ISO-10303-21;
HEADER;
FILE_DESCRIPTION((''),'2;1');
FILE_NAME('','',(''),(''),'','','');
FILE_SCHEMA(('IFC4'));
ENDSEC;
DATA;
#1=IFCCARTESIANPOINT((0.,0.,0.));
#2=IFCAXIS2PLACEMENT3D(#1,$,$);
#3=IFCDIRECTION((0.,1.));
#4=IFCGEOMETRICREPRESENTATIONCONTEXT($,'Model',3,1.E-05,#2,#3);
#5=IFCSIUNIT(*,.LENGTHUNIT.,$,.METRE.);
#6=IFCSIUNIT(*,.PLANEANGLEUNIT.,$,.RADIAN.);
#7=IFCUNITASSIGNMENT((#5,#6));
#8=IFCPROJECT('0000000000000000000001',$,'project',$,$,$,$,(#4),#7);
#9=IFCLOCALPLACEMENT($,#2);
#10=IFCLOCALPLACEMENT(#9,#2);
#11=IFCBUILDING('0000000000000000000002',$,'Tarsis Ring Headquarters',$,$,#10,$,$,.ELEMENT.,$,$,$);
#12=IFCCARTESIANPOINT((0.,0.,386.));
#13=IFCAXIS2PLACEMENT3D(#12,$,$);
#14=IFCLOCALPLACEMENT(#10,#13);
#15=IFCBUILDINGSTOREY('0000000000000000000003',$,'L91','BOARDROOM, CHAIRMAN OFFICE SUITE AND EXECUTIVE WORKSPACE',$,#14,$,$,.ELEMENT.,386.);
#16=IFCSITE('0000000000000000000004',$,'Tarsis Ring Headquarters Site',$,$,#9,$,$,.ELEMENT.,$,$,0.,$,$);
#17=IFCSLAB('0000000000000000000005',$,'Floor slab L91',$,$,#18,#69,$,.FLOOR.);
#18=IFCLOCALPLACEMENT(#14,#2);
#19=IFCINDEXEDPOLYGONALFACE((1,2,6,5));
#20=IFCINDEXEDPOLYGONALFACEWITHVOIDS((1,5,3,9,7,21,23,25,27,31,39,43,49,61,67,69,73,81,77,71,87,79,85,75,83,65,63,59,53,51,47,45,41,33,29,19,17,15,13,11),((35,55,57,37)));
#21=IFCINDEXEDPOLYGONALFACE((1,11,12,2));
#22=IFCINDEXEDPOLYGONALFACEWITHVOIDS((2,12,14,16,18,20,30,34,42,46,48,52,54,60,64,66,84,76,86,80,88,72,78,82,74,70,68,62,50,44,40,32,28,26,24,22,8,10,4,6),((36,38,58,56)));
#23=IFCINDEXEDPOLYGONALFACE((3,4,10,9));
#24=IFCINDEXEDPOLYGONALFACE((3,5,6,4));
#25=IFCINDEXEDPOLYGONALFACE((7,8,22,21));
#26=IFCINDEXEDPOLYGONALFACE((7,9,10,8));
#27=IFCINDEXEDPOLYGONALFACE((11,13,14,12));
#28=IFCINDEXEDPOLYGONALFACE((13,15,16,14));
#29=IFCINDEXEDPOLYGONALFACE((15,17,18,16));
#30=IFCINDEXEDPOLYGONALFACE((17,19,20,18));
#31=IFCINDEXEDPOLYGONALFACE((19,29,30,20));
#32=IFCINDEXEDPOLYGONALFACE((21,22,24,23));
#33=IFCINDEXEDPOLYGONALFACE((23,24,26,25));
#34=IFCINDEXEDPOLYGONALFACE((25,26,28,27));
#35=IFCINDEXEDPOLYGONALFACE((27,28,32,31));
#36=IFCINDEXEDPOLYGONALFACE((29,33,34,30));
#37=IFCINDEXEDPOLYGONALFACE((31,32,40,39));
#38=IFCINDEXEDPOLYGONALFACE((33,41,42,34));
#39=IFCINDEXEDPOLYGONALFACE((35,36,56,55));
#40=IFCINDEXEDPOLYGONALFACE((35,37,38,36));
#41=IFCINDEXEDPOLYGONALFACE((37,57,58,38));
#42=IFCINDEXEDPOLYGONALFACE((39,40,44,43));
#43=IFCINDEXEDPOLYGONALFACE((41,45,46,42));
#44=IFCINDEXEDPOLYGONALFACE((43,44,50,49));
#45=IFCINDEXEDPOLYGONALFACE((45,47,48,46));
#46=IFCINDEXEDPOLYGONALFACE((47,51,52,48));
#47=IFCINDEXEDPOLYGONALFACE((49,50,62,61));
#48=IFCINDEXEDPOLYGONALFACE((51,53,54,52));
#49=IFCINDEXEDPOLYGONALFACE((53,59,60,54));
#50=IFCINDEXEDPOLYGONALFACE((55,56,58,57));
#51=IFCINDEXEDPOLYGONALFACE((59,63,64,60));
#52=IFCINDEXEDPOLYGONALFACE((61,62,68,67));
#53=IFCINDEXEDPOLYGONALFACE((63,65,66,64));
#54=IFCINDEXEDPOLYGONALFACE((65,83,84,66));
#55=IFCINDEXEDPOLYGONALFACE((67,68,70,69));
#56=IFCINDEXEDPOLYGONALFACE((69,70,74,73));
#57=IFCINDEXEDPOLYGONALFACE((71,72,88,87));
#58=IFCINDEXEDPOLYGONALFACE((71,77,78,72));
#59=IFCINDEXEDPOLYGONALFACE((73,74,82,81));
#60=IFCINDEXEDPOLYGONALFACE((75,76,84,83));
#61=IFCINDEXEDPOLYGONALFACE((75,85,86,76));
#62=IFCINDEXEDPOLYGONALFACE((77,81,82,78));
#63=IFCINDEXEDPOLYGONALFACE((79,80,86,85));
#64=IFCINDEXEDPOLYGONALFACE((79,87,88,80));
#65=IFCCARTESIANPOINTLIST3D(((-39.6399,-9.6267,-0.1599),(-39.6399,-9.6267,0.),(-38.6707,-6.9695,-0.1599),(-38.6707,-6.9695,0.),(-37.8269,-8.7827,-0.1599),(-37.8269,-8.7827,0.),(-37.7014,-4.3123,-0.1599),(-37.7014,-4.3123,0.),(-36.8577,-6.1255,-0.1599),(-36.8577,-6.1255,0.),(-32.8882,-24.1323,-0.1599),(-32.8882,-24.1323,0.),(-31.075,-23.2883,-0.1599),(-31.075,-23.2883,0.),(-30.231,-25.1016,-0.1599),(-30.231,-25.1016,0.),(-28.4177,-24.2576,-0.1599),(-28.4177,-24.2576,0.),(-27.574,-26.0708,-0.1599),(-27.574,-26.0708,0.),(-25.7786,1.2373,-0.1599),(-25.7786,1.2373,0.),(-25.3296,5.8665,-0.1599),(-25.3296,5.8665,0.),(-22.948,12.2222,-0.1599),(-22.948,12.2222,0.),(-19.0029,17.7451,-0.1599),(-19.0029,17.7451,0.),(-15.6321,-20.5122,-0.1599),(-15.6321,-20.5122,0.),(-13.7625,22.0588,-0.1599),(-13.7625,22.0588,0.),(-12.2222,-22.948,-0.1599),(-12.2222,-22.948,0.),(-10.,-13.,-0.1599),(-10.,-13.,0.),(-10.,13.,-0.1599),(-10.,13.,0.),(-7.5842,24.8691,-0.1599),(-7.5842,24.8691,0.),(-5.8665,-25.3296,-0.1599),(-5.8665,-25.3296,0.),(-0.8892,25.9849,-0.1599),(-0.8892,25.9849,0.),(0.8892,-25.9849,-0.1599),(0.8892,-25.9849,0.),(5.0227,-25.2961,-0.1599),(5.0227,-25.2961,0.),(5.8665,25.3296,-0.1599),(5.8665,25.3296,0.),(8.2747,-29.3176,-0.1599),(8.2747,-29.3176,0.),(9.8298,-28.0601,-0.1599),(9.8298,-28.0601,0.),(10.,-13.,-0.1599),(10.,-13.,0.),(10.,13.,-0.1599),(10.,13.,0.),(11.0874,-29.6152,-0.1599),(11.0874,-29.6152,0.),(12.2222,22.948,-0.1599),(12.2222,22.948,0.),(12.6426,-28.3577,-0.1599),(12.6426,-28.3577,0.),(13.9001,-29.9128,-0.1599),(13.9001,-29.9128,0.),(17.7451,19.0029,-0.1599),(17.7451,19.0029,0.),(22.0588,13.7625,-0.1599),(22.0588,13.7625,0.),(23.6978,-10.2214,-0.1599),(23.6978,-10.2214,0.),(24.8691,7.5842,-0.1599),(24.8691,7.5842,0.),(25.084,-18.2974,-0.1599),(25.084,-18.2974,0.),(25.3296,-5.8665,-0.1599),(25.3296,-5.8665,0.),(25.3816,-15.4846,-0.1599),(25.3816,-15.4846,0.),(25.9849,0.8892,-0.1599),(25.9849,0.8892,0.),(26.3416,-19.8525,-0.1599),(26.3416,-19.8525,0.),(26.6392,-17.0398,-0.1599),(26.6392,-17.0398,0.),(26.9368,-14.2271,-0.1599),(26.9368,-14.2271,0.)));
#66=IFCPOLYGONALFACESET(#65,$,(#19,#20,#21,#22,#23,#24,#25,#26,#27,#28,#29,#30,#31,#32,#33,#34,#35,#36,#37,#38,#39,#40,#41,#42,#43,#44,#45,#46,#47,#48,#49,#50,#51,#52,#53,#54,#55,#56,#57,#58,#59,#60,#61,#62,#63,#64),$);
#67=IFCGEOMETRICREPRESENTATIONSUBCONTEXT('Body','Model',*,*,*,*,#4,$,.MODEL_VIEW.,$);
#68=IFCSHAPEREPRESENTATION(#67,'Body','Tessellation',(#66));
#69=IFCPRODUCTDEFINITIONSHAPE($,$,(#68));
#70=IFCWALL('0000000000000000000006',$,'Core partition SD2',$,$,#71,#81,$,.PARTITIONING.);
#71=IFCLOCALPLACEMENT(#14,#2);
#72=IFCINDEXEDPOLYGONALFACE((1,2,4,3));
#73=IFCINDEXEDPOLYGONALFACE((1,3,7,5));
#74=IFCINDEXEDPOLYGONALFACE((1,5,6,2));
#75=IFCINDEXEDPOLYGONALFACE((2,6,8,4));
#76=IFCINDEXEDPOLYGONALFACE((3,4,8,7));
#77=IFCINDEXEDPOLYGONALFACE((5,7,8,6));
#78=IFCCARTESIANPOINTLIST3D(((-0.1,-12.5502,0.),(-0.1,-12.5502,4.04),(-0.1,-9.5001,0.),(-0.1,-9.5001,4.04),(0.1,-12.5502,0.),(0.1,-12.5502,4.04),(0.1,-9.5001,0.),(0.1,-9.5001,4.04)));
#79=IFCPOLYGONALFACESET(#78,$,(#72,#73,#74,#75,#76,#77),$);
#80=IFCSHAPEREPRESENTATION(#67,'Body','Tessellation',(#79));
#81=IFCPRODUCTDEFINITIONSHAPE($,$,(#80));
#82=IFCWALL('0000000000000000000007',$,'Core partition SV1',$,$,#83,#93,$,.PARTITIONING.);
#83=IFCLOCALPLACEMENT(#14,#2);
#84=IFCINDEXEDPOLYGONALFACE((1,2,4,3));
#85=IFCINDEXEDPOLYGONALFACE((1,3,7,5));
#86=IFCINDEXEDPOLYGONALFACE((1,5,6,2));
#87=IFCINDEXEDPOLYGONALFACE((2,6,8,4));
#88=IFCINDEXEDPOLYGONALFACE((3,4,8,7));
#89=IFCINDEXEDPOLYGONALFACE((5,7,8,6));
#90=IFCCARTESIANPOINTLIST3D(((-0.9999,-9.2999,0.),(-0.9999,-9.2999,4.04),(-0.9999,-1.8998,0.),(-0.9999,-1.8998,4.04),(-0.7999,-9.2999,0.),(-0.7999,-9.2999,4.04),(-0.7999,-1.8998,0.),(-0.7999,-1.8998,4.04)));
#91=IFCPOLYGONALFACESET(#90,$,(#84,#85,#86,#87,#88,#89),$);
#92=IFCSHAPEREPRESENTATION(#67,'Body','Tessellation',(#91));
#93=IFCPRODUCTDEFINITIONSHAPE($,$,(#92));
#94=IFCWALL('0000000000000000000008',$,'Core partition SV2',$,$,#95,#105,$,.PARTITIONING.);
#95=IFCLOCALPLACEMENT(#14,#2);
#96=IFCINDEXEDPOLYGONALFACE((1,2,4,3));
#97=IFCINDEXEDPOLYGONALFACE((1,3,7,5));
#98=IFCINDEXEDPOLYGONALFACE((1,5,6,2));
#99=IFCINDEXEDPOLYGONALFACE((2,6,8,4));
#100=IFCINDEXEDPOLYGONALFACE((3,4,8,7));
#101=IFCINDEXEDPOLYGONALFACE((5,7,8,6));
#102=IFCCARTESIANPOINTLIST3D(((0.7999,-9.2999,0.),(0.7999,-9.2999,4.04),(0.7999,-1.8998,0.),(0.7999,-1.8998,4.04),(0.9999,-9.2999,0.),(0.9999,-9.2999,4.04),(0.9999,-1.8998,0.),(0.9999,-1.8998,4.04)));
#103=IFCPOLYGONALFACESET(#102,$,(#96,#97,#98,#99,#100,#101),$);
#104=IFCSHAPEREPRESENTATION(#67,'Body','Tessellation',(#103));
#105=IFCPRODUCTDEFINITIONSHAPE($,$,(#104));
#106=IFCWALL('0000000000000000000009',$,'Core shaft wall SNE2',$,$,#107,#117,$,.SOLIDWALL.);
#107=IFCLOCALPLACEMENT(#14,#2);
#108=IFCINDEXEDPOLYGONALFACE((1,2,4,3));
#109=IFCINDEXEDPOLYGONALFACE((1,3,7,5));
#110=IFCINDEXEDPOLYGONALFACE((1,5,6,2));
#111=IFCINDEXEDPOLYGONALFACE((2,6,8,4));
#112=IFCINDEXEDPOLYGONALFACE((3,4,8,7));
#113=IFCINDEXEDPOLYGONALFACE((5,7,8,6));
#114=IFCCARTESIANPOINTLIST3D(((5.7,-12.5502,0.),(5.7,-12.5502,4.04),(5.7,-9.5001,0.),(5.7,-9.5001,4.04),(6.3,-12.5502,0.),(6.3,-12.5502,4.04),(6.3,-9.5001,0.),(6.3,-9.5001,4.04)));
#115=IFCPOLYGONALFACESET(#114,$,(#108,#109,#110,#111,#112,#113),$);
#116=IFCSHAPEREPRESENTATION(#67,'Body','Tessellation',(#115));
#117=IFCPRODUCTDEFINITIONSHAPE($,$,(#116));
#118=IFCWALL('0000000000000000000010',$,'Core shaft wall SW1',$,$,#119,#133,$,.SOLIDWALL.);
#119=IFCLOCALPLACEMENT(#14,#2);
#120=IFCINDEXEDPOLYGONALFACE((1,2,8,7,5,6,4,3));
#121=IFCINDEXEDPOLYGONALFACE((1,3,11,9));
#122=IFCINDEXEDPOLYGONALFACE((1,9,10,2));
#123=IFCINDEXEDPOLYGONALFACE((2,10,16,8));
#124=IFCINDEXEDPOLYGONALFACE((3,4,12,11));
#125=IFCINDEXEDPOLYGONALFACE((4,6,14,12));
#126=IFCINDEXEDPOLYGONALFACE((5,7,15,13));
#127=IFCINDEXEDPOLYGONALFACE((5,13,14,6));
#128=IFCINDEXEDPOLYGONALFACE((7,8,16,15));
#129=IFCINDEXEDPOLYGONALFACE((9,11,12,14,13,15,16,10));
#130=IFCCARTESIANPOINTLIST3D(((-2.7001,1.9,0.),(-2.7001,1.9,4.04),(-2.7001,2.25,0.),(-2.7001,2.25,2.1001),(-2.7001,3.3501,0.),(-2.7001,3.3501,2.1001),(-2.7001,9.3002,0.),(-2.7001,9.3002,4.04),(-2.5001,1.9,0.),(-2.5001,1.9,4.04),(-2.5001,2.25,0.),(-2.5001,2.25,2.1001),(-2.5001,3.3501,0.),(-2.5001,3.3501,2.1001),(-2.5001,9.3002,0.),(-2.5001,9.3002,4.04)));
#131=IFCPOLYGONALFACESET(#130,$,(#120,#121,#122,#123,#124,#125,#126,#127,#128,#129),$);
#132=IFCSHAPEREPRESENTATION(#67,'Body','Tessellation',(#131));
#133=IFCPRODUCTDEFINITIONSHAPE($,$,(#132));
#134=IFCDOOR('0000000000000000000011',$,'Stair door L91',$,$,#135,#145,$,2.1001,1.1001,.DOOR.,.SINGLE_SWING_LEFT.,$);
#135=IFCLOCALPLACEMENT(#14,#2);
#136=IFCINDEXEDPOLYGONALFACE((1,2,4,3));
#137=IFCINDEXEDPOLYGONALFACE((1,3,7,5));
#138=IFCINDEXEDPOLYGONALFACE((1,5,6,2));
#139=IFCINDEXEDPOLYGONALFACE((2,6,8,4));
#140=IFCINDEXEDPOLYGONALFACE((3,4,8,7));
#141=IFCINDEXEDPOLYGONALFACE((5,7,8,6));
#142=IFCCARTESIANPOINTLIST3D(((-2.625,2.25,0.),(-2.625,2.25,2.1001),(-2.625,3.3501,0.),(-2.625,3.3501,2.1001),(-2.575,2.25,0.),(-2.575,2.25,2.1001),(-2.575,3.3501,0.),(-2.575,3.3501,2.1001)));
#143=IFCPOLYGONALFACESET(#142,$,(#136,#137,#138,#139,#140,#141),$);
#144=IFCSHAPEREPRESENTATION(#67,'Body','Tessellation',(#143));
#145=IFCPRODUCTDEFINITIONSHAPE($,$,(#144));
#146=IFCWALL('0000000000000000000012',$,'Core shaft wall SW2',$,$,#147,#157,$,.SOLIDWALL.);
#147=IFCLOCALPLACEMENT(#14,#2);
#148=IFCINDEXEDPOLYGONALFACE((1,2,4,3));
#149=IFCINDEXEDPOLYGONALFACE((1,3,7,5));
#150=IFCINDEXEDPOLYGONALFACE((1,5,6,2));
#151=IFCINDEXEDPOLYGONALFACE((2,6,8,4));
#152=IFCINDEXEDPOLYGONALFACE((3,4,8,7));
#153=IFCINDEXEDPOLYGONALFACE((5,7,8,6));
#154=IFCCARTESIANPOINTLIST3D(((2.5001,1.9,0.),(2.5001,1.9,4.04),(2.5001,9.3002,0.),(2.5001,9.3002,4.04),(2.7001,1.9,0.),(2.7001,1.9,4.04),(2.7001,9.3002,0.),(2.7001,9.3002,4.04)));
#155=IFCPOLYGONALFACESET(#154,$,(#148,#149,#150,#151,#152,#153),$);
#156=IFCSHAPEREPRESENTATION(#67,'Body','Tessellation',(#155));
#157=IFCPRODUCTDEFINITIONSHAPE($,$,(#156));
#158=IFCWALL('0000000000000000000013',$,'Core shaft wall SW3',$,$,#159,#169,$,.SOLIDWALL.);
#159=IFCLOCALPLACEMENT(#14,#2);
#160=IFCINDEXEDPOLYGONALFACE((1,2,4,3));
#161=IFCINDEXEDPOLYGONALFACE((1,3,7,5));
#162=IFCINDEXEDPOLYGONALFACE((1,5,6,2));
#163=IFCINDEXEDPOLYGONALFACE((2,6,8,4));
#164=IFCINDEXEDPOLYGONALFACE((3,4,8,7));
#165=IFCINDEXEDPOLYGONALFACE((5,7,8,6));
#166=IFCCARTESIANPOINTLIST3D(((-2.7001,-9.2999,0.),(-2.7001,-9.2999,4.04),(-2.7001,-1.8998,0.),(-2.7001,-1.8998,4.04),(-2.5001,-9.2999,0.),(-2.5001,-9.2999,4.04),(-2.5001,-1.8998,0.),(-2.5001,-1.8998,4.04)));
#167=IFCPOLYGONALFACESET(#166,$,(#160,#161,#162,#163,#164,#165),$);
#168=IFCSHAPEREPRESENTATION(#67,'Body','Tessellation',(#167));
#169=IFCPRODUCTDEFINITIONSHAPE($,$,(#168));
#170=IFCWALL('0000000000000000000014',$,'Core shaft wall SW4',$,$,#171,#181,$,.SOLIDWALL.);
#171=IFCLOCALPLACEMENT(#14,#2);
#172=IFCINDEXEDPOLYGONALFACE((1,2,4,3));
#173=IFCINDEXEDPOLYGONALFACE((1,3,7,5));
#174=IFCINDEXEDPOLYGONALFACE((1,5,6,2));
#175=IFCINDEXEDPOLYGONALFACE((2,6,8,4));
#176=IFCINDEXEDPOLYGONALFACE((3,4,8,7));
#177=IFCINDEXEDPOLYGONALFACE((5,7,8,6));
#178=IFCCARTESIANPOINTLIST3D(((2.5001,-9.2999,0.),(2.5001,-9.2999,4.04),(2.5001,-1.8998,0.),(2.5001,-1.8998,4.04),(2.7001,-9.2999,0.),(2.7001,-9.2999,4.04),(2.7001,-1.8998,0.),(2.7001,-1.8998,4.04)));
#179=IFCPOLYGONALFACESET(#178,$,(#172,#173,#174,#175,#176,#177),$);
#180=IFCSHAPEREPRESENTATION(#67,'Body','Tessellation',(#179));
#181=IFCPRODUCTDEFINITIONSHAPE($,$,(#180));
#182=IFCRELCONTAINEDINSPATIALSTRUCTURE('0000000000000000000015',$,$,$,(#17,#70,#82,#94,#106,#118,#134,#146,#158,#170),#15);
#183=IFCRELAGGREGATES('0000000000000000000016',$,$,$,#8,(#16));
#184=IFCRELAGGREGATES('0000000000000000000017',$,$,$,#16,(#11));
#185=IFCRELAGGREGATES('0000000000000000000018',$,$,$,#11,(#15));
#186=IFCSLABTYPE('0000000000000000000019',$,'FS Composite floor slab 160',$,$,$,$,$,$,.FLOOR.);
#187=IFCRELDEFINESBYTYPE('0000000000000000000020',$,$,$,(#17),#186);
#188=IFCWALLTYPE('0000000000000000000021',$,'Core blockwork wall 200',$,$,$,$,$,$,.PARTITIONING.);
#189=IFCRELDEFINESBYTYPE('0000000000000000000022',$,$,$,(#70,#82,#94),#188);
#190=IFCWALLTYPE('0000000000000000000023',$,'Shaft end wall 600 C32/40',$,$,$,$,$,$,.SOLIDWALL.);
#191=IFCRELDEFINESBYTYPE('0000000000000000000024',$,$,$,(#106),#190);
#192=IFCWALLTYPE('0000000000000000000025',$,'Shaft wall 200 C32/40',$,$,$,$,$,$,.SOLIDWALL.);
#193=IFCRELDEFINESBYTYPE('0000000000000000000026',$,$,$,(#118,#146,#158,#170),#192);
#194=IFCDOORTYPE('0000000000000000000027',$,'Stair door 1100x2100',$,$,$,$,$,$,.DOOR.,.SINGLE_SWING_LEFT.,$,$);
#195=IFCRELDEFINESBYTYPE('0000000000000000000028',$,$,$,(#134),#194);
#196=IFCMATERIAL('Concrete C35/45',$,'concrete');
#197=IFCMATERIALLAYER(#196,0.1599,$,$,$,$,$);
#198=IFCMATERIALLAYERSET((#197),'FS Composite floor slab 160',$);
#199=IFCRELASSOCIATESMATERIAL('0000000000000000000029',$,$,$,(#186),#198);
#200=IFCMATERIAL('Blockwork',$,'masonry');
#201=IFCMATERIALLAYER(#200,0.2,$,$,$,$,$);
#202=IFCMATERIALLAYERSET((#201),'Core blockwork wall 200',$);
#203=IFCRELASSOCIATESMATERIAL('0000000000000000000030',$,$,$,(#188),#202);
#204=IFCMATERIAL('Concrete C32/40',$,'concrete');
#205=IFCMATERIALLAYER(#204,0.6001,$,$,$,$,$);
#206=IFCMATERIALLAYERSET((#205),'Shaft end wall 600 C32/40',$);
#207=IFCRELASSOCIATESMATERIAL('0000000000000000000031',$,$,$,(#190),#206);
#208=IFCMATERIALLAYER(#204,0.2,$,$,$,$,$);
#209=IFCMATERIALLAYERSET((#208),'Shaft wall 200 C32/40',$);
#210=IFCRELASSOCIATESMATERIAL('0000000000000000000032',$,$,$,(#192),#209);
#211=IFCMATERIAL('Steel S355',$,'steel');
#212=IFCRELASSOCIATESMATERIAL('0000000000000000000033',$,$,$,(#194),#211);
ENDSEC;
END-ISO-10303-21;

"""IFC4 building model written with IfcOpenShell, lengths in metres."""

from ifc_helpers import new_model, si_unit, direction, frame, frame_2d, origin, place, context, subcontext, project, spatial, polyline, rectangle, outline, extrude, material, layer, layer_set, type_object, element, fill, save


model = new_model("IFC4")

# Units and contexts
model_context = context("Model", 3, precision=1e-05, world=origin(), true_north=direction((0.0, 1.0)))
body_context = subcontext(model_context, "Body", "Model", "MODEL_VIEW")
ifc_project = project(units=[si_unit("LENGTHUNIT", "METRE"), si_unit("PLANEANGLEUNIT", "RADIAN")], contexts=[model_context])

# Site, building, storey
site_placement = place(None, origin())
site = spatial("IfcSite", under=ifc_project, at=site_placement, Name="Tarsis Ring Headquarters Site", CompositionType="ELEMENT", RefElevation=0.0)
building_placement = place(site_placement, origin())
building = spatial("IfcBuilding", under=site, at=building_placement, Name="Tarsis Ring Headquarters", CompositionType="ELEMENT")
storey_placement = place(building_placement, frame((0.0, 0.0, 386.0)))
storey = spatial("IfcBuildingStorey", under=building, at=storey_placement, Name="L91", Description="BOARDROOM, CHAIRMAN OFFICE SUITE AND EXECUTIVE WORKSPACE", CompositionType="ELEMENT", Elevation=386.0)

# Slab
ifc_material_1 = material(Name="Concrete C35/45", Category="concrete")
ifc_layer_1 = layer(ifc_material_1, 0.1599)
ifc_layer_set_1 = layer_set([ifc_layer_1], Name="FS Composite floor slab 160")
slab_type_1 = type_object("IfcSlabType", Name="FS Composite floor slab 160", PredefinedType="FLOOR", material=ifc_layer_set_1)
slab_1_placement = place(storey_placement, frame((0.0, 0.0, -0.1599)))
element("IfcSlab", 1, at=slab_1_placement, inside=storey, type_object=slab_type_1, Name="Floor slab L91", PredefinedType="FLOOR", context=body_context, shape_type="SweptSolid", body=[
    extrude(outline(polyline([(-15.6321, -20.5122), (-12.2222, -22.948), (-5.8665, -25.3296), (0.8892, -25.9849), (5.0227, -25.2961), (8.2747, -29.3176), (9.8298, -28.0601), (11.0874, -29.6152), (12.6426, -28.3577), (13.9001, -29.9128), (26.3416, -19.8525), (25.084, -18.2974), (26.6392, -17.0398), (25.3816, -15.4846), (26.9368, -14.2271), (23.6978, -10.2214), (25.3296, -5.8665), (25.9849, 0.8892), (24.8691, 7.5842), (22.0588, 13.7625), (17.7451, 19.0029), (12.2222, 22.948), (5.8665, 25.3296), (-0.8892, 25.9849), (-7.5842, 24.8691), (-13.7625, 22.0588), (-19.0029, 17.7451), (-22.948, 12.2222), (-25.3296, 5.8665), (-25.7786, 1.2373), (-37.7014, -4.3123), (-36.8577, -6.1255), (-38.6707, -6.9695), (-37.8269, -8.7827), (-39.6399, -9.6267), (-32.8882, -24.1323), (-31.075, -23.2883), (-30.231, -25.1016), (-28.4177, -24.2576), (-27.574, -26.0708), (-15.6321, -20.5122)]), holes=[polyline([(-10.0, -13.0), (-10.0, 13.0), (10.0, 13.0), (10.0, -13.0), (-10.0, -13.0)])]), origin(), (0.0, 0.0, 1.0), 0.1599),
])

# Walls
ifc_material_2 = material(Name="Blockwork", Category="masonry")
ifc_layer_2 = layer(ifc_material_2, 0.2)
ifc_layer_set_2 = layer_set([ifc_layer_2], Name="Core blockwork wall 200")
wall_type_1 = type_object("IfcWallType", Name="Core blockwork wall 200", PredefinedType="PARTITIONING", material=ifc_layer_set_2)
wall_1_placement = place(storey_placement, frame((0.0, -12.55, 0.0), z_axis=(0.0, 0.0, 1.0), x_axis=(0.0, 1.0, 0.0)))
element("IfcWall", 2, at=wall_1_placement, inside=storey, type_object=wall_type_1, Name="Core partition SD2", PredefinedType="PARTITIONING", context=body_context, shape_type="SweptSolid", body=[
    extrude(rectangle(XDim=3.05, YDim=0.2, at=frame_2d((1.5249, 0.0))), origin(), (0.0, 0.0, 1.0), 4.04),
])
for number, where, z_axis, x_axis, name in (
    (3, (-0.8999, -9.3, 0.0), (0.0, 0.0, 1.0), (0.0, 1.0, 0.0), "Core partition SV1"),
    (4, (0.8999, -9.3, 0.0), (0.0, 0.0, 1.0), (0.0, 1.0, 0.0), "Core partition SV2"),
):
    element("IfcWall", number, at=place(storey_placement, frame(where, z_axis=z_axis, x_axis=x_axis)), inside=storey, type_object=wall_type_1, Name=name, PredefinedType="PARTITIONING", context=body_context, shape_type="SweptSolid", body=[
        extrude(rectangle(XDim=7.4001, YDim=0.2, at=frame_2d((3.7002, 0.0))), origin(), (0.0, 0.0, 1.0), 4.04),
    ])
ifc_material_3 = material(Name="Concrete C32/40", Category="concrete")
ifc_layer_3 = layer(ifc_material_3, 0.6001)
ifc_layer_set_3 = layer_set([ifc_layer_3], Name="Shaft end wall 600 C32/40")
wall_type_2 = type_object("IfcWallType", Name="Shaft end wall 600 C32/40", PredefinedType="SOLIDWALL", material=ifc_layer_set_3)
wall_2_placement = place(storey_placement, frame((6.0, -12.55, 0.0), z_axis=(0.0, 0.0, 1.0), x_axis=(0.0, 1.0, 0.0)))
element("IfcWall", 5, at=wall_2_placement, inside=storey, type_object=wall_type_2, Name="Core shaft wall SNE2", PredefinedType="SOLIDWALL", context=body_context, shape_type="SweptSolid", body=[
    extrude(rectangle(XDim=3.05, YDim=0.6001, at=frame_2d((1.5249, 0.0))), origin(), (0.0, 0.0, 1.0), 4.04),
])

# Wall, opening, door
ifc_layer_4 = layer(ifc_material_3, 0.2)
ifc_layer_set_4 = layer_set([ifc_layer_4], Name="Shaft wall 200 C32/40")
wall_type_3 = type_object("IfcWallType", Name="Shaft wall 200 C32/40", PredefinedType="SOLIDWALL", material=ifc_layer_set_4)
wall_3_placement = place(storey_placement, frame((-2.6001, 1.8999, 0.0), z_axis=(0.0, 0.0, 1.0), x_axis=(0.0, 1.0, 0.0)))
wall_3 = element("IfcWall", 6, at=wall_3_placement, inside=storey, type_object=wall_type_3, Name="Core shaft wall SW1", PredefinedType="SOLIDWALL", context=body_context, shape_type="SweptSolid", body=[
    extrude(rectangle(XDim=7.4001, YDim=0.2, at=frame_2d((3.7002, 0.0))), origin(), (0.0, 0.0, 1.0), 4.04),
])
opening_placement = place(wall_3_placement, frame((0.3501, 0.0, 0.0)))
opening = element("IfcOpeningElement", 7, at=opening_placement, cuts=wall_3, PredefinedType="OPENING", context=body_context, shape_type="SweptSolid", body=[
    extrude(rectangle(XDim=1.1001, YDim=2.1001, at=frame_2d((0.55, 1.05))), frame((0.0, 0.1099, 0.0), z_axis=(0.0, -1.0, 0.0), x_axis=(1.0, 0.0, 0.0)), (0.0, 0.0, 1.0), 0.22),
])
ifc_material_4 = material(Name="Steel S355", Category="steel")
door_type = type_object("IfcDoorType", Name="Stair door 1100x2100", OperationType="SINGLE_SWING_LEFT", PredefinedType="DOOR", material=ifc_material_4)
door_placement = place(opening_placement, origin())
door = element("IfcDoor", 8, at=door_placement, inside=storey, type_object=door_type, Name="Stair door L91", OperationType="SINGLE_SWING_LEFT", OverallHeight=2.1001, OverallWidth=1.1001, PredefinedType="DOOR", context=body_context, shape_type="SweptSolid", body=[
    extrude(rectangle(XDim=1.1001, YDim=2.1001, at=frame_2d((0.55, 1.05))), frame((0.0, 0.0249, 0.0), z_axis=(0.0, -1.0, 0.0), x_axis=(1.0, 0.0, 0.0)), (0.0, 0.0, 1.0), 0.05),
])
fill(opening, door)

# Walls
for number, where, z_axis, x_axis, name in (
    (9, (2.6001, 1.8999, 0.0), (0.0, 0.0, 1.0), (0.0, 1.0, 0.0), "Core shaft wall SW2"),
    (10, (-2.6001, -9.3, 0.0), (0.0, 0.0, 1.0), (0.0, 1.0, 0.0), "Core shaft wall SW3"),
    (11, (2.6001, -9.3, 0.0), (0.0, 0.0, 1.0), (0.0, 1.0, 0.0), "Core shaft wall SW4"),
):
    element("IfcWall", number, at=place(storey_placement, frame(where, z_axis=z_axis, x_axis=x_axis)), inside=storey, type_object=wall_type_3, Name=name, PredefinedType="SOLIDWALL", context=body_context, shape_type="SweptSolid", body=[
        extrude(rectangle(XDim=7.4001, YDim=0.2, at=frame_2d((3.7002, 0.0))), origin(), (0.0, 0.0, 1.0), 4.04),
    ])

save(model, "model.ifc")
